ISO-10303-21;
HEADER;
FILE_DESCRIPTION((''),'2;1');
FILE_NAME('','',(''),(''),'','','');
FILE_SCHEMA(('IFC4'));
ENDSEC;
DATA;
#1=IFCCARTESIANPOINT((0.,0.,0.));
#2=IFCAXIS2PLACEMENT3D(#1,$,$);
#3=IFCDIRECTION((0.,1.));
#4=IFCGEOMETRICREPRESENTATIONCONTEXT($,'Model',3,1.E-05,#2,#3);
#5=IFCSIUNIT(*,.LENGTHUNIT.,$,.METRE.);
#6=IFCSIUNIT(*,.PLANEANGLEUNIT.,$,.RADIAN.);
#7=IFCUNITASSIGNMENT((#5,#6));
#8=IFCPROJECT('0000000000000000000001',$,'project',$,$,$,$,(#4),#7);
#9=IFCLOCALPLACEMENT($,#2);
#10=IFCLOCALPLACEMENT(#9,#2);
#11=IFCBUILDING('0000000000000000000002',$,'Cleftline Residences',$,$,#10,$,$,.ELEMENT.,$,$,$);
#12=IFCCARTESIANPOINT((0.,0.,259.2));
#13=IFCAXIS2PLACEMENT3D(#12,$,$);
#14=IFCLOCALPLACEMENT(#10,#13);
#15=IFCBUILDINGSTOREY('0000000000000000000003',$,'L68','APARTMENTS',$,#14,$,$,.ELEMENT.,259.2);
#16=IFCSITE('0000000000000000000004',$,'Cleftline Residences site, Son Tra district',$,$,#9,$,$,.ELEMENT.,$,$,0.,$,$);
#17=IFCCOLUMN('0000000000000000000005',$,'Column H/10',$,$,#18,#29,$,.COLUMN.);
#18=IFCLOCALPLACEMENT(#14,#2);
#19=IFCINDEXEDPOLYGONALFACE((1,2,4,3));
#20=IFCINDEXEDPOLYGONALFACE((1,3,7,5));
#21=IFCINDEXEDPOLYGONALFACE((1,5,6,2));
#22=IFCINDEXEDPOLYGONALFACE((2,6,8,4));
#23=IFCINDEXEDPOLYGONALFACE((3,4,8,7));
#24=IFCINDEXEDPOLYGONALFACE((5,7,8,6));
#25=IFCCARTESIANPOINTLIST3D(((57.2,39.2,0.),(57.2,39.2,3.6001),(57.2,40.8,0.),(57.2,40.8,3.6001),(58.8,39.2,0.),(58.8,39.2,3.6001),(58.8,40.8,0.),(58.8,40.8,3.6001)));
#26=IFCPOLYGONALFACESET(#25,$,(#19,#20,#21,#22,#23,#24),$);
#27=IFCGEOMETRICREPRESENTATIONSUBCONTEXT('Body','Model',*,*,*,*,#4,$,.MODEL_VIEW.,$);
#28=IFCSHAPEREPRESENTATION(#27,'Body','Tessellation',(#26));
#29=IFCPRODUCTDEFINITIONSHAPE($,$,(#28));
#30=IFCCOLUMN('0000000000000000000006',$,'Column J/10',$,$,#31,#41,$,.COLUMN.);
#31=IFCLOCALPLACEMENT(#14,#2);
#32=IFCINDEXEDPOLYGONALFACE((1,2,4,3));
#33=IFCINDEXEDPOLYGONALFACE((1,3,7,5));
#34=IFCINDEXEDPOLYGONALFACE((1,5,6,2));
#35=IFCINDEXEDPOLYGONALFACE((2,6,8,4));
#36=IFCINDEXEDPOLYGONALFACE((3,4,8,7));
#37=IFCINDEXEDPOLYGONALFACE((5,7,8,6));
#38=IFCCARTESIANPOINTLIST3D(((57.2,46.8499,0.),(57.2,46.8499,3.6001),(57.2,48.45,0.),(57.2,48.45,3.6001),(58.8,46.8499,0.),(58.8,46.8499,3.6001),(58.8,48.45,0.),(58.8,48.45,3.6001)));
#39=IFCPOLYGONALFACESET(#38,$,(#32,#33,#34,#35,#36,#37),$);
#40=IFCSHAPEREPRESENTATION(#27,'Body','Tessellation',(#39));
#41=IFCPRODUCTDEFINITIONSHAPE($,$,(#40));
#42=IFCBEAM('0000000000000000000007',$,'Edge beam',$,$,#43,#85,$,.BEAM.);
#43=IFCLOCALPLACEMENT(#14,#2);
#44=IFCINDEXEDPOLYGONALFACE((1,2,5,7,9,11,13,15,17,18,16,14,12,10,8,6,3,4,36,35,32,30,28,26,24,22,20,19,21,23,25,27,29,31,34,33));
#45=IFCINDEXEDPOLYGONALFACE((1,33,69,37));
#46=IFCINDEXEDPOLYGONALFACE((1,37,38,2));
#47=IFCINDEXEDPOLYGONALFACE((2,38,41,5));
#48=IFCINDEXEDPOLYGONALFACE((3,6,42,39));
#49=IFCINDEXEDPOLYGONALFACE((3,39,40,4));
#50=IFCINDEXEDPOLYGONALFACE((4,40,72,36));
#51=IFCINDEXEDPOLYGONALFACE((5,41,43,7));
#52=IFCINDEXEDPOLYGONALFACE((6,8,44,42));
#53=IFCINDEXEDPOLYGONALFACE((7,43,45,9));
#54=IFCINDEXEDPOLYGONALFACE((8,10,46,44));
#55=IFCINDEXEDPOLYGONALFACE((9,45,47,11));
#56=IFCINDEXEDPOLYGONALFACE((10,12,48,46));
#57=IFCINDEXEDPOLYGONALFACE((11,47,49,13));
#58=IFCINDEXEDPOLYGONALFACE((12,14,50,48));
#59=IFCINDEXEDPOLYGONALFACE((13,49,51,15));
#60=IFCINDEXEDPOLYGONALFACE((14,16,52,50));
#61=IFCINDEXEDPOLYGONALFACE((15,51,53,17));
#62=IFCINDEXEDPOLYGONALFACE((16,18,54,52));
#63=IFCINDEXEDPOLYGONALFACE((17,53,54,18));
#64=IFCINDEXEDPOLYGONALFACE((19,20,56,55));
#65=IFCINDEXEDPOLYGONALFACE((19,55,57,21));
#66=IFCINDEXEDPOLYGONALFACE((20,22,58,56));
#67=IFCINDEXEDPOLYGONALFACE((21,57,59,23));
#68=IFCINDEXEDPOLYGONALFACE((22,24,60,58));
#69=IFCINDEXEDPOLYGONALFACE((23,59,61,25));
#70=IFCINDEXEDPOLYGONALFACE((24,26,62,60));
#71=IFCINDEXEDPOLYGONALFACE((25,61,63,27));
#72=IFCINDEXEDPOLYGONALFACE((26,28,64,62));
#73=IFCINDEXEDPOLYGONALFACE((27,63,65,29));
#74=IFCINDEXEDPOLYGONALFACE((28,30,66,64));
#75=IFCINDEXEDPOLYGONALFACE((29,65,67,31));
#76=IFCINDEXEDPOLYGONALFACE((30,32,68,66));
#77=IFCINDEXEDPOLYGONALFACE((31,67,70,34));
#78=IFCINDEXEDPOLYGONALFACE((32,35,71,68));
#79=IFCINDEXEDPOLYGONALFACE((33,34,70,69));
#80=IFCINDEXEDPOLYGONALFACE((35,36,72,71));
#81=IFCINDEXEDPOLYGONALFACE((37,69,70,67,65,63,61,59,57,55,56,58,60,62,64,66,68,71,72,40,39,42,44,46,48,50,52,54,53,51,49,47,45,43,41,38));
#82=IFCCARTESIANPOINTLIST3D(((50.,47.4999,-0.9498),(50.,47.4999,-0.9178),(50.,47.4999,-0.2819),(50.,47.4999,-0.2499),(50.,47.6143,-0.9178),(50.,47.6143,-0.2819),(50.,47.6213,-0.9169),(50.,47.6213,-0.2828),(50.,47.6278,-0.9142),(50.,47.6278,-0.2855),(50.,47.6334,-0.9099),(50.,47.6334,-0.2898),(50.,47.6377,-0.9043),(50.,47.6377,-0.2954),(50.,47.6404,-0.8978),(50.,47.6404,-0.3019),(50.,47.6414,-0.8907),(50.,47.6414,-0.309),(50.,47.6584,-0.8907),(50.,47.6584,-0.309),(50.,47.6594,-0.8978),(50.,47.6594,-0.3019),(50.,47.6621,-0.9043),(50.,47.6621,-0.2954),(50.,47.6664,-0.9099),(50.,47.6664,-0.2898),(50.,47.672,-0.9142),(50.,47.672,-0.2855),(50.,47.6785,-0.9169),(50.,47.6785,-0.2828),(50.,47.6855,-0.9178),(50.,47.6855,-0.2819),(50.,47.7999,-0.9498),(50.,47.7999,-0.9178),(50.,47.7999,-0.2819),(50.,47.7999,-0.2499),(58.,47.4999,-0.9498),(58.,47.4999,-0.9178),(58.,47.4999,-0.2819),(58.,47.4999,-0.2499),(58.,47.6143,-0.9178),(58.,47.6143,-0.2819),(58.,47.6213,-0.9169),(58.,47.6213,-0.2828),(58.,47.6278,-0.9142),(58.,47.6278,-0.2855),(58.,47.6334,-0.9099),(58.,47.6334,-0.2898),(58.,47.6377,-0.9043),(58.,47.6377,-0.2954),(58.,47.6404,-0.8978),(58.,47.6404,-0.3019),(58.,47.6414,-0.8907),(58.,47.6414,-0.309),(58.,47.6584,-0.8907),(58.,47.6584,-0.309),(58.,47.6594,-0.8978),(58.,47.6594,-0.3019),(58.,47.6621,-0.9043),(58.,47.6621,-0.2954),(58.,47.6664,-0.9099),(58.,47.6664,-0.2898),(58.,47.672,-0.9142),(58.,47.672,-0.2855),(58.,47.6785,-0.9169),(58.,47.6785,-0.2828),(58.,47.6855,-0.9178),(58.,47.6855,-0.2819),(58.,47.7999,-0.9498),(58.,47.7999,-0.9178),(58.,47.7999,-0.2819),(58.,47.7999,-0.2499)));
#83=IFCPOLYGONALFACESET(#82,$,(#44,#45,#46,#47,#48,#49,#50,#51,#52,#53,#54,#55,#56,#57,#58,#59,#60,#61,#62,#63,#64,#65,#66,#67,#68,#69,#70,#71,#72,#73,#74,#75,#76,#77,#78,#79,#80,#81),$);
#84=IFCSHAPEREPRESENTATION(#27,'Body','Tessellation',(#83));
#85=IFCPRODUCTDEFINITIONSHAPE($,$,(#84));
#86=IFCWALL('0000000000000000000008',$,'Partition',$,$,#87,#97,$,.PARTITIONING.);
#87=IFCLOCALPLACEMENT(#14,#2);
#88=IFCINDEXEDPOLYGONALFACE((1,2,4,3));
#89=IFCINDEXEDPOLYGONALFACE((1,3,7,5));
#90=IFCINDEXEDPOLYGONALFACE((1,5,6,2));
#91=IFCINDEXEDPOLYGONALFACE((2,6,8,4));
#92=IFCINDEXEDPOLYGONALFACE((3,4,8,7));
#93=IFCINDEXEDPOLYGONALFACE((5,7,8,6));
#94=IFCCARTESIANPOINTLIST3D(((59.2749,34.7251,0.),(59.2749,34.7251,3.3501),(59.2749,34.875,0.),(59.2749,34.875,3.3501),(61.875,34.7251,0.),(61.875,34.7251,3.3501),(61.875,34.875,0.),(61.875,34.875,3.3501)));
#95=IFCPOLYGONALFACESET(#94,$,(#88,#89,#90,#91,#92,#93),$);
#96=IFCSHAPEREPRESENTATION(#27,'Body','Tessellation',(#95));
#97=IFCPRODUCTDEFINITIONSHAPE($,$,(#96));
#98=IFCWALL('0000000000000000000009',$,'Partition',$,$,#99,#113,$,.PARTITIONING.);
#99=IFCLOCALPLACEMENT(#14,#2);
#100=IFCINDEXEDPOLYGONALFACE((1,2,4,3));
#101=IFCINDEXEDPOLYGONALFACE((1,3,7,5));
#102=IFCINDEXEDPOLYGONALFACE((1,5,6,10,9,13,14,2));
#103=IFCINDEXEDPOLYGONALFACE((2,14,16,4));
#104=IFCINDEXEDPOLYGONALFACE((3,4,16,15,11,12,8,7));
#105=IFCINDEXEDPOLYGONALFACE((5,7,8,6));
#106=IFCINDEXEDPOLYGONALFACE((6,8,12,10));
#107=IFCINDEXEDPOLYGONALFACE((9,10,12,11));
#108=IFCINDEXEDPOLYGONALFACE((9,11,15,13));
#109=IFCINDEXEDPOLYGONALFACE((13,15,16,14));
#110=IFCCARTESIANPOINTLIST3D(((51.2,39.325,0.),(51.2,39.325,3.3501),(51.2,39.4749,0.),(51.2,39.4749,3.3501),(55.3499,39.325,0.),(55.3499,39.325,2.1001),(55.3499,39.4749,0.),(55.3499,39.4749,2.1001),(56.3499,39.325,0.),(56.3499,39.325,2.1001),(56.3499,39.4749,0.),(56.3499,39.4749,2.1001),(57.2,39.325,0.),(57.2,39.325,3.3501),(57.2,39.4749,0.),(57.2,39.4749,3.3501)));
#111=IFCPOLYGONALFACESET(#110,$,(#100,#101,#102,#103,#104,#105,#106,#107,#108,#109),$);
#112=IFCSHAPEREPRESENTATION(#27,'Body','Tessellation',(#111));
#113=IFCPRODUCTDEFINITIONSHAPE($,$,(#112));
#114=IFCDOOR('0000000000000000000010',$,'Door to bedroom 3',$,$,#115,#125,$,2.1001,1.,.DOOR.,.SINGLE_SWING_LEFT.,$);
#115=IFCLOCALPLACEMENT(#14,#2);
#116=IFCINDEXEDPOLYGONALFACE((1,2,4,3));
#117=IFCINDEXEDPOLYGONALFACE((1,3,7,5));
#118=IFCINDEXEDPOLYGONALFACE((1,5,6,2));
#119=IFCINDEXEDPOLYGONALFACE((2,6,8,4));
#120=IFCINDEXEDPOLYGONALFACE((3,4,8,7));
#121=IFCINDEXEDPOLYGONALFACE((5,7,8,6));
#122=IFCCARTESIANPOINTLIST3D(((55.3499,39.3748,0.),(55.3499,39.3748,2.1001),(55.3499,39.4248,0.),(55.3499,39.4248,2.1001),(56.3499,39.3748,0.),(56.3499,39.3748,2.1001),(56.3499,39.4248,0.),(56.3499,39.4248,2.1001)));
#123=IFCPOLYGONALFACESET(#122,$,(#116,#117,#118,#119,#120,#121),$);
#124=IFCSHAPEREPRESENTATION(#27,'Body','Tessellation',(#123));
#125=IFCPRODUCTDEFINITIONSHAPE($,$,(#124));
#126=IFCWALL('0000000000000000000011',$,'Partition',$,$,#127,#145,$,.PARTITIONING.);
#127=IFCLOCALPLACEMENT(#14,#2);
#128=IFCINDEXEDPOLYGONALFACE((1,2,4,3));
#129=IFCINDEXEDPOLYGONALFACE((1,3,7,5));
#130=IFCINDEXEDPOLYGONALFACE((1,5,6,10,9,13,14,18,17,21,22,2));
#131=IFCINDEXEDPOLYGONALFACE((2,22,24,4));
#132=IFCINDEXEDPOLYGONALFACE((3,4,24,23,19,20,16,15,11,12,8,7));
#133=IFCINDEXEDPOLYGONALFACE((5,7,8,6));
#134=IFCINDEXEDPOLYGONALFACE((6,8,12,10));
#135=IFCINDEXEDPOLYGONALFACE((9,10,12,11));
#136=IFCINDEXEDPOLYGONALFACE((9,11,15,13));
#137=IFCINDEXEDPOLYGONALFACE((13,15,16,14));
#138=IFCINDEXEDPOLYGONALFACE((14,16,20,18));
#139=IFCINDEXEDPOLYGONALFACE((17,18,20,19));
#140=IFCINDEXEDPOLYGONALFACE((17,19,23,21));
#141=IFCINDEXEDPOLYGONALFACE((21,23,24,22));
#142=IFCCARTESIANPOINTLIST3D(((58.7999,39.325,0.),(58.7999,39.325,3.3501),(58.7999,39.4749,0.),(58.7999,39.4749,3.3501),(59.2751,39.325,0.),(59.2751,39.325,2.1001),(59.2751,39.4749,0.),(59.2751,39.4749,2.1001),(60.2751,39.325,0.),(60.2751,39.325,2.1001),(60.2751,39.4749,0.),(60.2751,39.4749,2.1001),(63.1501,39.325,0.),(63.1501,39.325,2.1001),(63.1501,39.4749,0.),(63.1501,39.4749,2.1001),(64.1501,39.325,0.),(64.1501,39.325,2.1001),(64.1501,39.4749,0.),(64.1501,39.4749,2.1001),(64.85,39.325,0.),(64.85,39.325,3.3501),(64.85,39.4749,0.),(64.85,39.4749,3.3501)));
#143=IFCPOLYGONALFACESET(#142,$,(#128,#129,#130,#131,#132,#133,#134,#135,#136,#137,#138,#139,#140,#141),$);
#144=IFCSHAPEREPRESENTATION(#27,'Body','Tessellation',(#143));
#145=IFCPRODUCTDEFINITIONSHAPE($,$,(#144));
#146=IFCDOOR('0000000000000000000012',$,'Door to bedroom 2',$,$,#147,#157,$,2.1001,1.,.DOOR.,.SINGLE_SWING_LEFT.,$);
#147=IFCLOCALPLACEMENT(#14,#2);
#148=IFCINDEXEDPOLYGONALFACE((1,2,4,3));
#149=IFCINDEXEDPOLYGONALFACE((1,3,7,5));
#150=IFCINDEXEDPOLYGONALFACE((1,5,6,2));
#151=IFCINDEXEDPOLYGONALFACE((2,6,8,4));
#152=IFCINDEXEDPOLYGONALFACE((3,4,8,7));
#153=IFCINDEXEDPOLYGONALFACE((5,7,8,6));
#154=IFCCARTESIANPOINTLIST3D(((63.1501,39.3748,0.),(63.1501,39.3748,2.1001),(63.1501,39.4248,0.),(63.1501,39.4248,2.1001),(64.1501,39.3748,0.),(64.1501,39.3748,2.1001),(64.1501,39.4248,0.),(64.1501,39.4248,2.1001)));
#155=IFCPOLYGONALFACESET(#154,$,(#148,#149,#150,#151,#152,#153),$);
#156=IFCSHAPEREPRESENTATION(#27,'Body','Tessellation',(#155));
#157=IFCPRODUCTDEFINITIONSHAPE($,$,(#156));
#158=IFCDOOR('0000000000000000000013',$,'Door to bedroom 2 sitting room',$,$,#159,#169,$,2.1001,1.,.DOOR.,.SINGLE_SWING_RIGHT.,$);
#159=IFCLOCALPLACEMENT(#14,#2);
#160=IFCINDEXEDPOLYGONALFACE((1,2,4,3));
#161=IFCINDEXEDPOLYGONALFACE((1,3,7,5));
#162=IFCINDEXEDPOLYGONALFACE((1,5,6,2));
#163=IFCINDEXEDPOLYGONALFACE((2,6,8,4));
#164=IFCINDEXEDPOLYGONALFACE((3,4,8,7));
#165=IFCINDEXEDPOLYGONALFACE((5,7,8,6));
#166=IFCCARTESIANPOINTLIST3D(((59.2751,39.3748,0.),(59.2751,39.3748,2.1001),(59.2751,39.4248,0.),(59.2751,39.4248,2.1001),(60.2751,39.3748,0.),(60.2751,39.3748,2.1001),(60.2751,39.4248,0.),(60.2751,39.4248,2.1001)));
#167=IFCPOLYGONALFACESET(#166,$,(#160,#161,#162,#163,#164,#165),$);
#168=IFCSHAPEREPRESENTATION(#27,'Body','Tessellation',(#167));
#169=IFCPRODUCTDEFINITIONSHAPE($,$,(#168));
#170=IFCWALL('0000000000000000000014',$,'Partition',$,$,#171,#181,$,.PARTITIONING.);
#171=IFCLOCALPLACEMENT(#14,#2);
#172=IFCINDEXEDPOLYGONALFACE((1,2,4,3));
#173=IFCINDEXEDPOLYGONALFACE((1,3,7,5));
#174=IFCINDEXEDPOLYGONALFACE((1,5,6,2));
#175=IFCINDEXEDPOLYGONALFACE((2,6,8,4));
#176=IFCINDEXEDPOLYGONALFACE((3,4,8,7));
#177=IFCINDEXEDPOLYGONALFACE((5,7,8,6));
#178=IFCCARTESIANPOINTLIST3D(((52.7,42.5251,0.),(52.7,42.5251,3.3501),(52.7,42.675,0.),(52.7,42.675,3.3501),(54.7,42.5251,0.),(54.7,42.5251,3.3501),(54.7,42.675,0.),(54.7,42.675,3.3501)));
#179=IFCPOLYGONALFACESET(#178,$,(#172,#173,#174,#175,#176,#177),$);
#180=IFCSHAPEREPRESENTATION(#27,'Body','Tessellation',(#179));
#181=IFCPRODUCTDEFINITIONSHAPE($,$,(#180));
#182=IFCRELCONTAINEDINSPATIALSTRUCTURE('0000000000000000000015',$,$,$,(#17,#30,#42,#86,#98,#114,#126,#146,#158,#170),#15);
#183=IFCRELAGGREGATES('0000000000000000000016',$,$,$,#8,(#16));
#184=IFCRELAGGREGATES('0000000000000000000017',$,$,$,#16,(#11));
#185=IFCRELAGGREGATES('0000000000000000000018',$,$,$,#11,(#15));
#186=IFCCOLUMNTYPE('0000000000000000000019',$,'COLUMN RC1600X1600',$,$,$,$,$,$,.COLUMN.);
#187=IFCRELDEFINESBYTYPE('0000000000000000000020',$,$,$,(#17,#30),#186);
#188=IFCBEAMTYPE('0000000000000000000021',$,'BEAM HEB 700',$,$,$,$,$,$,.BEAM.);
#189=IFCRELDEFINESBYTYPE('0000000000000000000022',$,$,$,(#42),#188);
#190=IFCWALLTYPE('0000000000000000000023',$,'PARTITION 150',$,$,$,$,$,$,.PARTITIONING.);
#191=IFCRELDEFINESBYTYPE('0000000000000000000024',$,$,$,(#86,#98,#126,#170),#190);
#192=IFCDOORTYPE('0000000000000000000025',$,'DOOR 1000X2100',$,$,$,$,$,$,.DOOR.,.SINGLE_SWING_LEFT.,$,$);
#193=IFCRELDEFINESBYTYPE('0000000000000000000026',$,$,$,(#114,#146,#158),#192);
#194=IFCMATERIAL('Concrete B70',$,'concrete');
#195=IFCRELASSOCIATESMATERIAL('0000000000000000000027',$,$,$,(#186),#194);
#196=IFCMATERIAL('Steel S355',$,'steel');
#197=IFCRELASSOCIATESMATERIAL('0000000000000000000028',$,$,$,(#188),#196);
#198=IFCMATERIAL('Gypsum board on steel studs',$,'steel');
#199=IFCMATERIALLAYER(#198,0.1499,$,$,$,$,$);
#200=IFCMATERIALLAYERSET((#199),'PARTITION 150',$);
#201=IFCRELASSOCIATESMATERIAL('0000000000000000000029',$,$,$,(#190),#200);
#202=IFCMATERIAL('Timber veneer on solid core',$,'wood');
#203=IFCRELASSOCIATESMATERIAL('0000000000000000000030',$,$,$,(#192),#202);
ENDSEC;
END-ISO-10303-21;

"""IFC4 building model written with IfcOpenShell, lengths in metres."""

from ifc_helpers import new_model, si_unit, direction, frame, frame_2d, origin, origin_2d, place, context, subcontext, project, spatial, rectangle, i_section, extrude, material, layer, layer_set, material_profile, profile_set, type_object, element, fill, save


model = new_model("IFC4")

# Units and contexts
model_context = context("Model", 3, precision=1e-05, world=origin(), true_north=direction((0.0, 1.0)))
body_context = subcontext(model_context, "Body", "Model", "MODEL_VIEW")
ifc_project = project(units=[si_unit("LENGTHUNIT", "METRE"), si_unit("PLANEANGLEUNIT", "RADIAN")], contexts=[model_context])

# Site, building, storey
site_placement = place(None, origin())
site = spatial("IfcSite", under=ifc_project, at=site_placement, Name="Cleftline Residences site, Son Tra district", CompositionType="ELEMENT", RefElevation=0.0)
building_placement = place(site_placement, origin())
building = spatial("IfcBuilding", under=site, at=building_placement, Name="Cleftline Residences", CompositionType="ELEMENT")
storey_placement = place(building_placement, frame((0.0, 0.0, 259.2)))
storey = spatial("IfcBuildingStorey", under=building, at=storey_placement, Name="L68", Description="APARTMENTS", CompositionType="ELEMENT", Elevation=259.2)

# Columns
ifc_material_1 = material(Name="Concrete B70", Category="concrete")
ifc_material_profile_1 = material_profile(ifc_material_1, rectangle(XDim=1.6001, YDim=1.6001, at=origin_2d()))
ifc_profile_set_1 = profile_set([ifc_material_profile_1], Name="Concrete B70")
column_type = type_object("IfcColumnType", Name="COLUMN RC1600X1600", PredefinedType="COLUMN", material=ifc_profile_set_1)
for number, where, z_axis, x_axis, name in (
    (1, (58.0, 40.0, 0.0), (0.0, 0.0, 1.0), (1.0, 0.0, 0.0), "Column H/10"),
    (2, (58.0, 47.6499, 0.0), (0.0, 0.0, 1.0), (1.0, 0.0, 0.0), "Column J/10"),
):
    element("IfcColumn", number, at=place(storey_placement, frame(where, z_axis=z_axis, x_axis=x_axis)), inside=storey, type_object=column_type, Name=name, PredefinedType="COLUMN", context=body_context, shape_type="SweptSolid", body=[
        extrude(rectangle(XDim=1.6001, YDim=1.6001, at=origin_2d()), origin(), (0.0, 0.0, 1.0), 3.6001),
    ])

# Beam
ifc_material_2 = material(Name="Steel S355", Category="steel")
ifc_material_profile_2 = material_profile(ifc_material_2, i_section(OverallWidth=0.3, OverallDepth=0.7, WebThickness=0.0171, FlangeThickness=0.032, FilletRadius=0.0271, at=origin_2d()))
ifc_profile_set_2 = profile_set([ifc_material_profile_2], Name="Steel S355")
beam_type = type_object("IfcBeamType", Name="BEAM HEB 700", PredefinedType="BEAM", material=ifc_profile_set_2)
beam_placement = place(storey_placement, frame((58.0, 47.6499, -0.5999), z_axis=(-1.0, 0.0, 0.0), x_axis=(0.0, -1.0, 0.0)))
element("IfcBeam", 3, at=beam_placement, inside=storey, type_object=beam_type, Name="Edge beam", PredefinedType="BEAM", context=body_context, shape_type="SweptSolid", body=[
    extrude(i_section(OverallWidth=0.3, OverallDepth=0.7, WebThickness=0.0171, FlangeThickness=0.032, FilletRadius=0.0271, at=origin_2d()), origin(), (0.0, 0.0, 1.0), 8.0),
])

# Wall
ifc_material_3 = material(Name="Gypsum board on steel studs", Category="steel")
ifc_layer = layer(ifc_material_3, 0.1499)
ifc_layer_set = layer_set([ifc_layer], Name="PARTITION 150")
wall_type = type_object("IfcWallType", Name="PARTITION 150", PredefinedType="PARTITIONING", material=ifc_layer_set)
wall_1_placement = place(storey_placement, frame((59.2749, 34.8, 0.0), z_axis=(0.0, 0.0, 1.0), x_axis=(1.0, 0.0, 0.0)))
element("IfcWall", 4, at=wall_1_placement, inside=storey, type_object=wall_type, Name="Partition", PredefinedType="PARTITIONING", context=body_context, shape_type="SweptSolid", body=[
    extrude(rectangle(XDim=2.6001, YDim=0.1499, at=frame_2d((1.3, 0.0))), origin(), (0.0, 0.0, 1.0), 3.3501),
])

# Wall, opening, door
wall_2_placement = place(storey_placement, frame((51.2, 39.3999, 0.0), z_axis=(0.0, 0.0, 1.0), x_axis=(1.0, 0.0, 0.0)))
wall_2 = element("IfcWall", 5, at=wall_2_placement, inside=storey, type_object=wall_type, Name="Partition", PredefinedType="PARTITIONING", context=body_context, shape_type="SweptSolid", body=[
    extrude(rectangle(XDim=6.0, YDim=0.1499, at=frame_2d((3.0, 0.0))), origin(), (0.0, 0.0, 1.0), 3.3501),
])
opening_1_placement = place(wall_2_placement, frame((4.1499, 0.0, 0.0)))
opening_1 = element("IfcOpeningElement", 6, at=opening_1_placement, cuts=wall_2, PredefinedType="OPENING", context=body_context, shape_type="SweptSolid", body=[
    extrude(rectangle(XDim=1.0, YDim=2.1001, at=frame_2d((0.5, 1.05))), frame((0.0, 0.085, 0.0), z_axis=(0.0, -1.0, 0.0), x_axis=(1.0, 0.0, 0.0)), (0.0, 0.0, 1.0), 0.1699),
])
ifc_material_4 = material(Name="Timber veneer on solid core", Category="wood")
door_type_1 = type_object("IfcDoorType", Name="DOOR 1000X2100", OperationType="SINGLE_SWING_LEFT", PredefinedType="DOOR", material=ifc_material_4)
door_1_placement = place(opening_1_placement, origin())
door_1 = element("IfcDoor", 7, at=door_1_placement, inside=storey, type_object=door_type_1, Name="Door to bedroom 3", OperationType="SINGLE_SWING_LEFT", OverallHeight=2.1001, OverallWidth=1.0, PredefinedType="DOOR", context=body_context, shape_type="SweptSolid", body=[
    extrude(rectangle(XDim=1.0, YDim=2.1001, at=frame_2d((0.5, 1.05))), frame((0.0, 0.0249, 0.0), z_axis=(0.0, -1.0, 0.0), x_axis=(1.0, 0.0, 0.0)), (0.0, 0.0, 1.0), 0.05),
])
fill(opening_1, door_1)

# Wall, openings, doors
wall_3_placement = place(storey_placement, frame((58.8, 39.3999, 0.0), z_axis=(0.0, 0.0, 1.0), x_axis=(1.0, 0.0, 0.0)))
wall_3 = element("IfcWall", 8, at=wall_3_placement, inside=storey, type_object=wall_type, Name="Partition", PredefinedType="PARTITIONING", context=body_context, shape_type="SweptSolid", body=[
    extrude(rectangle(XDim=6.05, YDim=0.1499, at=frame_2d((3.0249, 0.0))), origin(), (0.0, 0.0, 1.0), 3.3501),
])
opening_2_placement = place(wall_3_placement, frame((4.3501, 0.0, 0.0)))
opening_2 = element("IfcOpeningElement", 9, at=opening_2_placement, cuts=wall_3, PredefinedType="OPENING", context=body_context, shape_type="SweptSolid", body=[
    extrude(rectangle(XDim=1.0, YDim=2.1001, at=frame_2d((0.5, 1.05))), frame((0.0, 0.085, 0.0), z_axis=(0.0, -1.0, 0.0), x_axis=(1.0, 0.0, 0.0)), (0.0, 0.0, 1.0), 0.1699),
])
opening_3_placement = place(wall_3_placement, frame((0.4751, 0.0, 0.0)))
opening_3 = element("IfcOpeningElement", 10, at=opening_3_placement, cuts=wall_3, PredefinedType="OPENING", context=body_context, shape_type="SweptSolid", body=[
    extrude(rectangle(XDim=1.0, YDim=2.1001, at=frame_2d((0.5, 1.05))), frame((0.0, 0.085, 0.0), z_axis=(0.0, -1.0, 0.0), x_axis=(1.0, 0.0, 0.0)), (0.0, 0.0, 1.0), 0.1699),
])
door_2_placement = place(opening_2_placement, origin())
door_2 = element("IfcDoor", 11, at=door_2_placement, inside=storey, type_object=door_type_1, Name="Door to bedroom 2", OperationType="SINGLE_SWING_LEFT", OverallHeight=2.1001, OverallWidth=1.0, PredefinedType="DOOR", context=body_context, shape_type="SweptSolid", body=[
    extrude(rectangle(XDim=1.0, YDim=2.1001, at=frame_2d((0.5, 1.05))), frame((0.0, 0.0249, 0.0), z_axis=(0.0, -1.0, 0.0), x_axis=(1.0, 0.0, 0.0)), (0.0, 0.0, 1.0), 0.05),
])
fill(opening_2, door_2)
door_3_placement = place(opening_3_placement, origin())
door_3 = element("IfcDoor", 12, at=door_3_placement, inside=storey, type_object=door_type_1, Name="Door to bedroom 2 sitting room", OperationType="SINGLE_SWING_RIGHT", OverallHeight=2.1001, OverallWidth=1.0, PredefinedType="DOOR", context=body_context, shape_type="SweptSolid", body=[
    extrude(rectangle(XDim=1.0, YDim=2.1001, at=frame_2d((0.5, 1.05))), frame((0.0, 0.0249, 0.0), z_axis=(0.0, -1.0, 0.0), x_axis=(1.0, 0.0, 0.0)), (0.0, 0.0, 1.0), 0.05),
])
fill(opening_3, door_3)

# Wall
wall_4_placement = place(storey_placement, frame((52.7, 42.6001, 0.0), z_axis=(0.0, 0.0, 1.0), x_axis=(1.0, 0.0, 0.0)))
element("IfcWall", 13, at=wall_4_placement, inside=storey, type_object=wall_type, Name="Partition", PredefinedType="PARTITIONING", context=body_context, shape_type="SweptSolid", body=[
    extrude(rectangle(XDim=2.0, YDim=0.1499, at=frame_2d((1.0, 0.0))), origin(), (0.0, 0.0, 1.0), 3.3501),
])

save(model, "model.ifc")
